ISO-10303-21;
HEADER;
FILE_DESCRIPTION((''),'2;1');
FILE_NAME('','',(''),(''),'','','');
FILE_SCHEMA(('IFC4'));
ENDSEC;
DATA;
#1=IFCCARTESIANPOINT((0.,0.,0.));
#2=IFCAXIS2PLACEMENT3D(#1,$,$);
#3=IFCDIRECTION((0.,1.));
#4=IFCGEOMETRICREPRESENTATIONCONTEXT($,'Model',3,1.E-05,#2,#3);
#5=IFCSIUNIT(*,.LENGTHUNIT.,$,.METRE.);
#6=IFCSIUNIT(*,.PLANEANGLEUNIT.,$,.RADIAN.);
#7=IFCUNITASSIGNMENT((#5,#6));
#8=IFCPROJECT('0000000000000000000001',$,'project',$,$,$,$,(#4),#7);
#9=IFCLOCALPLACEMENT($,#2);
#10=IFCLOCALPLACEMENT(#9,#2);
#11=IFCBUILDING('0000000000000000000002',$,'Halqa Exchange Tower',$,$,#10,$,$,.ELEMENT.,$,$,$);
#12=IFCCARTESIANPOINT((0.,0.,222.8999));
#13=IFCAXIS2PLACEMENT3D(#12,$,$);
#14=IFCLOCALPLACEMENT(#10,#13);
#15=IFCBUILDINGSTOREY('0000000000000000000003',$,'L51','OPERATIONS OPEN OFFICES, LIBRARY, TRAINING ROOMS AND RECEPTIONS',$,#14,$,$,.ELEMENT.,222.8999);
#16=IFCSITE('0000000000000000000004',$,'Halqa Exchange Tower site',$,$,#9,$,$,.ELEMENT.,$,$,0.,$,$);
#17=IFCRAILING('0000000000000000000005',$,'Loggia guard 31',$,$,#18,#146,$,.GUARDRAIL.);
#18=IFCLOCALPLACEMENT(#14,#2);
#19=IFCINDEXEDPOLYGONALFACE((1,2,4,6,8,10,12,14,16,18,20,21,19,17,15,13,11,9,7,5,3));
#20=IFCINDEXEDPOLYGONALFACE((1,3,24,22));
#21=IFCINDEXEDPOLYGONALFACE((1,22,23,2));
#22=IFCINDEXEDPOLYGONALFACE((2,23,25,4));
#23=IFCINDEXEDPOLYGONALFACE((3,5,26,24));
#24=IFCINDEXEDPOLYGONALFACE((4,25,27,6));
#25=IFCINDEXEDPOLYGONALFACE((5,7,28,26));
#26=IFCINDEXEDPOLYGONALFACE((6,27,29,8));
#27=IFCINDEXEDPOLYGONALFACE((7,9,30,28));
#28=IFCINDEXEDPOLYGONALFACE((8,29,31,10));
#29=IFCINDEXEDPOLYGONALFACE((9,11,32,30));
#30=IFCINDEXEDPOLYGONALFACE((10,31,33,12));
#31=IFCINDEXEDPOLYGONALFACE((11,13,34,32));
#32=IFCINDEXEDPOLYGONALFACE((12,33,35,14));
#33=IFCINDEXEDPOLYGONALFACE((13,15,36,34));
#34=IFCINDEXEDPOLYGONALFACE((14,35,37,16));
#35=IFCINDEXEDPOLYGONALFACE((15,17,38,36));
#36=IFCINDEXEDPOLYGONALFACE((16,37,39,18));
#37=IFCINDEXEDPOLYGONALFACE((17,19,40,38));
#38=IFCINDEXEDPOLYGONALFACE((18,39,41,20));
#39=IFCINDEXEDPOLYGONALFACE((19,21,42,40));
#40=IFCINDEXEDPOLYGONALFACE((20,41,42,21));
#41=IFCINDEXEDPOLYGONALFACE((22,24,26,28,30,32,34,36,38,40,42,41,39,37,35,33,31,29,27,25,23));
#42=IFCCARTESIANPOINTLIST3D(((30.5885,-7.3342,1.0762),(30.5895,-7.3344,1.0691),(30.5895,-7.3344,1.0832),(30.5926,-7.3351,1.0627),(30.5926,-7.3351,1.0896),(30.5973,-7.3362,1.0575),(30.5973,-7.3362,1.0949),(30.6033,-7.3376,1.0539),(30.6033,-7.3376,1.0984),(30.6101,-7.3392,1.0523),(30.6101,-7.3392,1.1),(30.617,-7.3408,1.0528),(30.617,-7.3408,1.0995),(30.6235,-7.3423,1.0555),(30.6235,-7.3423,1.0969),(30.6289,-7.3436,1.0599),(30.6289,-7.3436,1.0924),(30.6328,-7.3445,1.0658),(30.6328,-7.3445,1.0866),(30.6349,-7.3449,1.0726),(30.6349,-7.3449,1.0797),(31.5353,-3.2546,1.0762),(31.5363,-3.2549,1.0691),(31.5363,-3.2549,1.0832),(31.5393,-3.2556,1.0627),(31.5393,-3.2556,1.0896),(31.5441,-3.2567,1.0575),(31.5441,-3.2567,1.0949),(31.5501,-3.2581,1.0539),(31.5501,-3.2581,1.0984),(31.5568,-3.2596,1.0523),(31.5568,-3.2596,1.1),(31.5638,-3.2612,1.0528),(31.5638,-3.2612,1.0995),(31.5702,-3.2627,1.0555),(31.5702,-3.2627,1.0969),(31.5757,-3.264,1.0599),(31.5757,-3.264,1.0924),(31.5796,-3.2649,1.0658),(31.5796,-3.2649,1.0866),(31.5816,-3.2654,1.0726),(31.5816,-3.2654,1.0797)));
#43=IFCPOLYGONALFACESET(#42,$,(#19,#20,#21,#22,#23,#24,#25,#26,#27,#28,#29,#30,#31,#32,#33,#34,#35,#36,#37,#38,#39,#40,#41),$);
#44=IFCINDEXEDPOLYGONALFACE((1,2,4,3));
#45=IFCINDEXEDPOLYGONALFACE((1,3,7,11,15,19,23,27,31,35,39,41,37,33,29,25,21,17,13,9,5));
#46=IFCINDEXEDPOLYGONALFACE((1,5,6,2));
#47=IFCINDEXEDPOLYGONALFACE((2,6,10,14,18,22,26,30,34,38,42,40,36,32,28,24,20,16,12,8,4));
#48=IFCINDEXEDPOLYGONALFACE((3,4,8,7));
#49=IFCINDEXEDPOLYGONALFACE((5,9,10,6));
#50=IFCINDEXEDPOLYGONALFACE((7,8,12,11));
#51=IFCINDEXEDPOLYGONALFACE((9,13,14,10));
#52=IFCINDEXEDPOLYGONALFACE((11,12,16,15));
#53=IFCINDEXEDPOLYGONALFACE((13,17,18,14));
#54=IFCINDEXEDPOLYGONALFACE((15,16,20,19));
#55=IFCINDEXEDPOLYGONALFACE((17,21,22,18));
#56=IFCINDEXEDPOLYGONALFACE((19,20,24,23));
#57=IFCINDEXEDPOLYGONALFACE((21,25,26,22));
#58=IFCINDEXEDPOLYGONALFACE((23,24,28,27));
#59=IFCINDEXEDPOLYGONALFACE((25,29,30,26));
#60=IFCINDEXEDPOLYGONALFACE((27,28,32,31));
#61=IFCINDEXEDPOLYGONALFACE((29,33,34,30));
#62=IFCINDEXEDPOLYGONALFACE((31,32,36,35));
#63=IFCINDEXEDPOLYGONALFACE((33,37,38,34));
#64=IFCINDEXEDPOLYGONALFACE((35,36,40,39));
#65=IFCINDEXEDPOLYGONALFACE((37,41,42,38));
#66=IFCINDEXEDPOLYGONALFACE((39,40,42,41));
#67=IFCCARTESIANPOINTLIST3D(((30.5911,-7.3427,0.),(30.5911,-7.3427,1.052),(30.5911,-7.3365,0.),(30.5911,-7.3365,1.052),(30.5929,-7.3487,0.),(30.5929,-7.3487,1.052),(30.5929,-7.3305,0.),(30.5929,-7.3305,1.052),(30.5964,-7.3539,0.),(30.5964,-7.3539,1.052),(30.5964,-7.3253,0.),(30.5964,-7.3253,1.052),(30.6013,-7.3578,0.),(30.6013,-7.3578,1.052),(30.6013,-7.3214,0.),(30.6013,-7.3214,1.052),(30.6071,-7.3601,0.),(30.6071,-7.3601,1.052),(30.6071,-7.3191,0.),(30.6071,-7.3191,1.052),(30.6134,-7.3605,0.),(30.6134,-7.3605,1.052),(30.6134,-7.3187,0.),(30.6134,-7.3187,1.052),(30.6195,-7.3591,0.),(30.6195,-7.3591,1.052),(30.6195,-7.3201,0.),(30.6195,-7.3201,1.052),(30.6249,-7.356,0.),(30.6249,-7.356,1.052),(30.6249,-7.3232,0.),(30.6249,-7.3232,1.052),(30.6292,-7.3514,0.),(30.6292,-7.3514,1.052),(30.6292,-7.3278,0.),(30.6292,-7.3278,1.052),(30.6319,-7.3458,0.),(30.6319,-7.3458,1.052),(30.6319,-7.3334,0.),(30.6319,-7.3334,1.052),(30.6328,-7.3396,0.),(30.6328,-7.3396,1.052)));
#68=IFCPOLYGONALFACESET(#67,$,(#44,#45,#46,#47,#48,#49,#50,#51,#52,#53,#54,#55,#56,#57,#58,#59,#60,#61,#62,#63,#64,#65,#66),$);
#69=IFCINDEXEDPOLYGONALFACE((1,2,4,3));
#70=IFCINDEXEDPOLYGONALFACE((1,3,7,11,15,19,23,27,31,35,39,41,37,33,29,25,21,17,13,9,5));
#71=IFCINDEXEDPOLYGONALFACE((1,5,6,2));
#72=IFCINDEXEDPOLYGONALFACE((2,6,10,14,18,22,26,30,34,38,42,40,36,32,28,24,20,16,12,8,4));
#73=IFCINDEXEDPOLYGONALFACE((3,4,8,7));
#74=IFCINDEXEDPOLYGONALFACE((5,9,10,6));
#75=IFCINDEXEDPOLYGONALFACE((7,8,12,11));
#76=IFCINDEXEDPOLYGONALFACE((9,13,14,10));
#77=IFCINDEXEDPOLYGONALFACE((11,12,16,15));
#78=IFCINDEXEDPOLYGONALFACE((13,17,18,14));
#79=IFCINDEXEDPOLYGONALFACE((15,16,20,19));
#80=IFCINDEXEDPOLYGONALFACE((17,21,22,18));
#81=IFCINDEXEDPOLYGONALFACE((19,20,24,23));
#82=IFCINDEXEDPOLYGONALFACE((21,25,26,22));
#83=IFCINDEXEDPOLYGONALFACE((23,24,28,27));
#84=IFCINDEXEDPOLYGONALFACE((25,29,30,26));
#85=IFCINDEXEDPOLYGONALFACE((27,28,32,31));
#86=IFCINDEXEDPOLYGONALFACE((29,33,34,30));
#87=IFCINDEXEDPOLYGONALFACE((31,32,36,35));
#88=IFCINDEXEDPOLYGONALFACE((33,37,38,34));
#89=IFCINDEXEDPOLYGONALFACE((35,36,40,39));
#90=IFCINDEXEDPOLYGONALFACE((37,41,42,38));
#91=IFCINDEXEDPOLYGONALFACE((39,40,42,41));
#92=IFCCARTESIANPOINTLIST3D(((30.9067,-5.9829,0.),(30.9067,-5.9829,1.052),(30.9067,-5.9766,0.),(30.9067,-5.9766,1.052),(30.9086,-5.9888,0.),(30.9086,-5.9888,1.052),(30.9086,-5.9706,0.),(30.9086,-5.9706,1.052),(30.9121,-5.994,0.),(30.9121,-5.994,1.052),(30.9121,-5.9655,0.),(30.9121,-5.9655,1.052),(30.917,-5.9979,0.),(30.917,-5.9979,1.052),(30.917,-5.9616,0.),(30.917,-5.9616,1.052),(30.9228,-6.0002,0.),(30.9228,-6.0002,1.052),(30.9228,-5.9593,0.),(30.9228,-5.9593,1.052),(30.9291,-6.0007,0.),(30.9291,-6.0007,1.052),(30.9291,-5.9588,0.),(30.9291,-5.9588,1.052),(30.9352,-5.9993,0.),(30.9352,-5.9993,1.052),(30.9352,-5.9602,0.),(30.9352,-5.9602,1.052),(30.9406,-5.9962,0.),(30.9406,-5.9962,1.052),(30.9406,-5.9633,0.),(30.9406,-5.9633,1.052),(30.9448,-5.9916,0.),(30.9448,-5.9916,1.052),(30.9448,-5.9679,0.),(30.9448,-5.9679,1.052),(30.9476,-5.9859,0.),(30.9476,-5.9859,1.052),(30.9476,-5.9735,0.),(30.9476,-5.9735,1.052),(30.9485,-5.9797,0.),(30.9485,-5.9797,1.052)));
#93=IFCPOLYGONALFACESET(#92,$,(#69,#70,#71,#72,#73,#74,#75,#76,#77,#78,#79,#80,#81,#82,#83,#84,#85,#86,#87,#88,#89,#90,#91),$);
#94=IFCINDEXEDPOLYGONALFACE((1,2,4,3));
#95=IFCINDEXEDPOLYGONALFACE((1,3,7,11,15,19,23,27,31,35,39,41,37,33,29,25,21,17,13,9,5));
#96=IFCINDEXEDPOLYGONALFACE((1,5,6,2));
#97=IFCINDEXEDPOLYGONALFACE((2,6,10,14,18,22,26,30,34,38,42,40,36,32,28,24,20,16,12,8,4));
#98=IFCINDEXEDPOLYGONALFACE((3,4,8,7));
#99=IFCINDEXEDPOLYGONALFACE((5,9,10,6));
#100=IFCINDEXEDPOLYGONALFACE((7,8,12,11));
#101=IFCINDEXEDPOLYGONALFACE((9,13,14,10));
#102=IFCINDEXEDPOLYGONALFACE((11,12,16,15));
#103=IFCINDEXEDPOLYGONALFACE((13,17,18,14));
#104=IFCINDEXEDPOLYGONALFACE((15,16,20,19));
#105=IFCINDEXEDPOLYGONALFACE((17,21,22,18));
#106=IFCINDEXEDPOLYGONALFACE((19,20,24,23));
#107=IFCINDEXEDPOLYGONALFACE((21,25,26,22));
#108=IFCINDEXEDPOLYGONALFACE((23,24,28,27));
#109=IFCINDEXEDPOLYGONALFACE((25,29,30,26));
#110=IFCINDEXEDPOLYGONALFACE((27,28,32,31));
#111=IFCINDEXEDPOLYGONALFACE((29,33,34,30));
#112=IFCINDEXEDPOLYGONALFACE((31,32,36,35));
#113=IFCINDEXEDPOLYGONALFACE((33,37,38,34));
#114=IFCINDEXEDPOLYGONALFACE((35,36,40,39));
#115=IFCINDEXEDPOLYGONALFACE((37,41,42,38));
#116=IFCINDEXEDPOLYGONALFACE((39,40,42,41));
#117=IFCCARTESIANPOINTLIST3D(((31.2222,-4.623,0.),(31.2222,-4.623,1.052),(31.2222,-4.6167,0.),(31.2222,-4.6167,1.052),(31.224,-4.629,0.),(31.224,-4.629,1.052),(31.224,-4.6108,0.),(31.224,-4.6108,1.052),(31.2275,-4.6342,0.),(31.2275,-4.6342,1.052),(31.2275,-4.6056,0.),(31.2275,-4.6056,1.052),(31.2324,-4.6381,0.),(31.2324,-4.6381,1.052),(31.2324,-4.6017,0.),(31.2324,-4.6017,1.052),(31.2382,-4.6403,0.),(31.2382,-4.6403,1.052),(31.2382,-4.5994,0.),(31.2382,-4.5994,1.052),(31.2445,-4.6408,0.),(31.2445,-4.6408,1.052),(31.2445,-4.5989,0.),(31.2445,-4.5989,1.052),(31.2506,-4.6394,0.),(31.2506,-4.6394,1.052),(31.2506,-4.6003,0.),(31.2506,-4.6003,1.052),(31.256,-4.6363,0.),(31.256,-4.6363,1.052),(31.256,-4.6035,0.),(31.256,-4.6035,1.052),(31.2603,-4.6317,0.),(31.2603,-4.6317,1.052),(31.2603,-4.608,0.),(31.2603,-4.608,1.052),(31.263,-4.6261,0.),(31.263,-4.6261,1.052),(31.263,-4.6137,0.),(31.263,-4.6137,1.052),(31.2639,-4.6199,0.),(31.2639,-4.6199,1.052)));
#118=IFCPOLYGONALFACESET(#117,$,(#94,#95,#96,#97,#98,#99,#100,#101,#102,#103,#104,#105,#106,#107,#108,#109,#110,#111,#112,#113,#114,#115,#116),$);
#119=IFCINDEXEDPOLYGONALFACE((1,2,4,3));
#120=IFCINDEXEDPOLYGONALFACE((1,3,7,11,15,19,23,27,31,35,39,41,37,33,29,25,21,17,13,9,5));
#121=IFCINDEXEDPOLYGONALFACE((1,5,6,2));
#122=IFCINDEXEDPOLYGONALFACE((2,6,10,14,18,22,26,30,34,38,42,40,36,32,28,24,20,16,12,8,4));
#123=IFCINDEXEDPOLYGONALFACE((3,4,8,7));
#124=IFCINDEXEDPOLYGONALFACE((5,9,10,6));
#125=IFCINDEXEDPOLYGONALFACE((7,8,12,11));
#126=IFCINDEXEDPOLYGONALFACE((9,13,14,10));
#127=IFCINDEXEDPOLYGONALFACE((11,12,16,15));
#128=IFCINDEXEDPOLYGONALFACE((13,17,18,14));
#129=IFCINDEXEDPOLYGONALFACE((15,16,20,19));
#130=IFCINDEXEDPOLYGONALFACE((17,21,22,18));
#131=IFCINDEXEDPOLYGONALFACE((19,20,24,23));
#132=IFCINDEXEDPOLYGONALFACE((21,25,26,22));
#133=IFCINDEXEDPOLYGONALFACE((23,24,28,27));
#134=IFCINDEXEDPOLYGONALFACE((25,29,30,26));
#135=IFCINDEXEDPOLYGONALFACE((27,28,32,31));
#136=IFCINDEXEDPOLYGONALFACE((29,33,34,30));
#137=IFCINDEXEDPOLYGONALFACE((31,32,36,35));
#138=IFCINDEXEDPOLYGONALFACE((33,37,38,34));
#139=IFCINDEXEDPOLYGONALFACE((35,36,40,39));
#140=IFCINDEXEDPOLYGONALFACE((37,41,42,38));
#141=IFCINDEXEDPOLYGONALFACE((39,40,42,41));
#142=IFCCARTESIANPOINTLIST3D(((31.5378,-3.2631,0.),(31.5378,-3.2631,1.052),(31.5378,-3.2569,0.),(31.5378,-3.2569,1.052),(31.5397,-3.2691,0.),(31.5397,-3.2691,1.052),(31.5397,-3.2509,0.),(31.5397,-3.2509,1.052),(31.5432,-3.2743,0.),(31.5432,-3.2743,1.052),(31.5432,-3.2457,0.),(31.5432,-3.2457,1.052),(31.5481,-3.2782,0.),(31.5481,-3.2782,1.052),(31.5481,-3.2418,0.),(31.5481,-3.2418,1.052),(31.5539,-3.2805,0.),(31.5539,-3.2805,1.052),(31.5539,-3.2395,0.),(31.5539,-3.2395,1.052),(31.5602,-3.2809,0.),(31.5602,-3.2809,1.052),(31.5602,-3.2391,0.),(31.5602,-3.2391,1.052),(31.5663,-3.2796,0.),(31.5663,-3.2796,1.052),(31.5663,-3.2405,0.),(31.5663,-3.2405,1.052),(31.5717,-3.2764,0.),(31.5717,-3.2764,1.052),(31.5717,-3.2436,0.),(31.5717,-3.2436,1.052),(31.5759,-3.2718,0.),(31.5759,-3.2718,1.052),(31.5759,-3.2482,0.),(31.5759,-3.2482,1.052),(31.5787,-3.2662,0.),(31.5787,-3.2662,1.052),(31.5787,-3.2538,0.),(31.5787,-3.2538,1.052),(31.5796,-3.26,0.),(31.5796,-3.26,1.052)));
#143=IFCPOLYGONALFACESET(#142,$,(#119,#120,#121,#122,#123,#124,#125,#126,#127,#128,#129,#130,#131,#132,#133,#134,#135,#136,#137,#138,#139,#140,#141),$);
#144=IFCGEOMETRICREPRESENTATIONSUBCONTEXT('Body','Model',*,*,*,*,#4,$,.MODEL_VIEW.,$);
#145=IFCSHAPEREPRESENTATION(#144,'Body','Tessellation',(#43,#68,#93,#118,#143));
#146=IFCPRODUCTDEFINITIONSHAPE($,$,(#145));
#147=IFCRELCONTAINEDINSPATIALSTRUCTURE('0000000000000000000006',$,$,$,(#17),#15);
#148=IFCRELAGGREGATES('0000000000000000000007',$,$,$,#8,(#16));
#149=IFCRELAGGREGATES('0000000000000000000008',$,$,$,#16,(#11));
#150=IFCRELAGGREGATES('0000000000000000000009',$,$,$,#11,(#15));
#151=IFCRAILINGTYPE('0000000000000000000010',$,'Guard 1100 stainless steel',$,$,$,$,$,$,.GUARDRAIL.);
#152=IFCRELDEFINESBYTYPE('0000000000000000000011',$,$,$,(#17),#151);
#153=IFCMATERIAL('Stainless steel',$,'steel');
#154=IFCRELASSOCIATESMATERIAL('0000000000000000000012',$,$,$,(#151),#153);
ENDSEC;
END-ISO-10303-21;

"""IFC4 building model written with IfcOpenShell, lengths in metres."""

from ifc_helpers import new_model, si_unit, direction, frame, origin, origin_2d, place, context, subcontext, project, spatial, circle, extrude, material, type_object, element, save


model = new_model("IFC4")

# Units and contexts
model_context = context("Model", 3, precision=1e-05, world=origin(), true_north=direction((0.0, 1.0)))
body_context = subcontext(model_context, "Body", "Model", "MODEL_VIEW")
ifc_project = project(units=[si_unit("LENGTHUNIT", "METRE"), si_unit("PLANEANGLEUNIT", "RADIAN")], contexts=[model_context])

# Site, building, storey
site_placement = place(None, origin())
site = spatial("IfcSite", under=ifc_project, at=site_placement, Name="Halqa Exchange Tower site", CompositionType="ELEMENT", RefElevation=0.0)
building_placement = place(site_placement, origin())
building = spatial("IfcBuilding", under=site, at=building_placement, Name="Halqa Exchange Tower", CompositionType="ELEMENT")
storey_placement = place(building_placement, frame((0.0, 0.0, 222.8999)))
storey = spatial("IfcBuildingStorey", under=building, at=storey_placement, Name="L51", Description="OPERATIONS OPEN OFFICES, LIBRARY, TRAINING ROOMS AND RECEPTIONS", CompositionType="ELEMENT", Elevation=222.8999)

# Railing
ifc_material_1 = material(Name="Stainless steel", Category="steel")
railing_type = type_object("IfcRailingType", Name="Guard 1100 stainless steel", PredefinedType="GUARDRAIL", material=ifc_material_1)
railing_1_placement = place(storey_placement, frame((30.6118, -7.3396, 0.0)))
element("IfcRailing", 1, at=railing_1_placement, inside=storey, type_object=railing_type, Name="Loggia guard 31", PredefinedType="GUARDRAIL", context=body_context, shape_type="SweptSolid", body=[
    extrude(circle(Radius=0.0239, at=origin_2d()), frame((0.0, 0.0, 1.0762), z_axis=(0.226068, 0.974111, 0.0), x_axis=(-0.974111, 0.226068, 0.0)), (0.0, 0.0, 1.0), 4.188),
    extrude(circle(Radius=0.021, at=origin_2d()), origin(), (0.0, 0.0, 1.0), 1.052),
    extrude(circle(Radius=0.021, at=origin_2d()), frame((0.3157, 1.3599, 0.0)), (0.0, 0.0, 1.0), 1.052),
    extrude(circle(Radius=0.021, at=origin_2d()), frame((0.6311, 2.7197, 0.0)), (0.0, 0.0, 1.0), 1.052),
    extrude(circle(Radius=0.021, at=origin_2d()), frame((0.9468, 4.0796, 0.0)), (0.0, 0.0, 1.0), 1.052),
])

save(model, "model.ifc")
